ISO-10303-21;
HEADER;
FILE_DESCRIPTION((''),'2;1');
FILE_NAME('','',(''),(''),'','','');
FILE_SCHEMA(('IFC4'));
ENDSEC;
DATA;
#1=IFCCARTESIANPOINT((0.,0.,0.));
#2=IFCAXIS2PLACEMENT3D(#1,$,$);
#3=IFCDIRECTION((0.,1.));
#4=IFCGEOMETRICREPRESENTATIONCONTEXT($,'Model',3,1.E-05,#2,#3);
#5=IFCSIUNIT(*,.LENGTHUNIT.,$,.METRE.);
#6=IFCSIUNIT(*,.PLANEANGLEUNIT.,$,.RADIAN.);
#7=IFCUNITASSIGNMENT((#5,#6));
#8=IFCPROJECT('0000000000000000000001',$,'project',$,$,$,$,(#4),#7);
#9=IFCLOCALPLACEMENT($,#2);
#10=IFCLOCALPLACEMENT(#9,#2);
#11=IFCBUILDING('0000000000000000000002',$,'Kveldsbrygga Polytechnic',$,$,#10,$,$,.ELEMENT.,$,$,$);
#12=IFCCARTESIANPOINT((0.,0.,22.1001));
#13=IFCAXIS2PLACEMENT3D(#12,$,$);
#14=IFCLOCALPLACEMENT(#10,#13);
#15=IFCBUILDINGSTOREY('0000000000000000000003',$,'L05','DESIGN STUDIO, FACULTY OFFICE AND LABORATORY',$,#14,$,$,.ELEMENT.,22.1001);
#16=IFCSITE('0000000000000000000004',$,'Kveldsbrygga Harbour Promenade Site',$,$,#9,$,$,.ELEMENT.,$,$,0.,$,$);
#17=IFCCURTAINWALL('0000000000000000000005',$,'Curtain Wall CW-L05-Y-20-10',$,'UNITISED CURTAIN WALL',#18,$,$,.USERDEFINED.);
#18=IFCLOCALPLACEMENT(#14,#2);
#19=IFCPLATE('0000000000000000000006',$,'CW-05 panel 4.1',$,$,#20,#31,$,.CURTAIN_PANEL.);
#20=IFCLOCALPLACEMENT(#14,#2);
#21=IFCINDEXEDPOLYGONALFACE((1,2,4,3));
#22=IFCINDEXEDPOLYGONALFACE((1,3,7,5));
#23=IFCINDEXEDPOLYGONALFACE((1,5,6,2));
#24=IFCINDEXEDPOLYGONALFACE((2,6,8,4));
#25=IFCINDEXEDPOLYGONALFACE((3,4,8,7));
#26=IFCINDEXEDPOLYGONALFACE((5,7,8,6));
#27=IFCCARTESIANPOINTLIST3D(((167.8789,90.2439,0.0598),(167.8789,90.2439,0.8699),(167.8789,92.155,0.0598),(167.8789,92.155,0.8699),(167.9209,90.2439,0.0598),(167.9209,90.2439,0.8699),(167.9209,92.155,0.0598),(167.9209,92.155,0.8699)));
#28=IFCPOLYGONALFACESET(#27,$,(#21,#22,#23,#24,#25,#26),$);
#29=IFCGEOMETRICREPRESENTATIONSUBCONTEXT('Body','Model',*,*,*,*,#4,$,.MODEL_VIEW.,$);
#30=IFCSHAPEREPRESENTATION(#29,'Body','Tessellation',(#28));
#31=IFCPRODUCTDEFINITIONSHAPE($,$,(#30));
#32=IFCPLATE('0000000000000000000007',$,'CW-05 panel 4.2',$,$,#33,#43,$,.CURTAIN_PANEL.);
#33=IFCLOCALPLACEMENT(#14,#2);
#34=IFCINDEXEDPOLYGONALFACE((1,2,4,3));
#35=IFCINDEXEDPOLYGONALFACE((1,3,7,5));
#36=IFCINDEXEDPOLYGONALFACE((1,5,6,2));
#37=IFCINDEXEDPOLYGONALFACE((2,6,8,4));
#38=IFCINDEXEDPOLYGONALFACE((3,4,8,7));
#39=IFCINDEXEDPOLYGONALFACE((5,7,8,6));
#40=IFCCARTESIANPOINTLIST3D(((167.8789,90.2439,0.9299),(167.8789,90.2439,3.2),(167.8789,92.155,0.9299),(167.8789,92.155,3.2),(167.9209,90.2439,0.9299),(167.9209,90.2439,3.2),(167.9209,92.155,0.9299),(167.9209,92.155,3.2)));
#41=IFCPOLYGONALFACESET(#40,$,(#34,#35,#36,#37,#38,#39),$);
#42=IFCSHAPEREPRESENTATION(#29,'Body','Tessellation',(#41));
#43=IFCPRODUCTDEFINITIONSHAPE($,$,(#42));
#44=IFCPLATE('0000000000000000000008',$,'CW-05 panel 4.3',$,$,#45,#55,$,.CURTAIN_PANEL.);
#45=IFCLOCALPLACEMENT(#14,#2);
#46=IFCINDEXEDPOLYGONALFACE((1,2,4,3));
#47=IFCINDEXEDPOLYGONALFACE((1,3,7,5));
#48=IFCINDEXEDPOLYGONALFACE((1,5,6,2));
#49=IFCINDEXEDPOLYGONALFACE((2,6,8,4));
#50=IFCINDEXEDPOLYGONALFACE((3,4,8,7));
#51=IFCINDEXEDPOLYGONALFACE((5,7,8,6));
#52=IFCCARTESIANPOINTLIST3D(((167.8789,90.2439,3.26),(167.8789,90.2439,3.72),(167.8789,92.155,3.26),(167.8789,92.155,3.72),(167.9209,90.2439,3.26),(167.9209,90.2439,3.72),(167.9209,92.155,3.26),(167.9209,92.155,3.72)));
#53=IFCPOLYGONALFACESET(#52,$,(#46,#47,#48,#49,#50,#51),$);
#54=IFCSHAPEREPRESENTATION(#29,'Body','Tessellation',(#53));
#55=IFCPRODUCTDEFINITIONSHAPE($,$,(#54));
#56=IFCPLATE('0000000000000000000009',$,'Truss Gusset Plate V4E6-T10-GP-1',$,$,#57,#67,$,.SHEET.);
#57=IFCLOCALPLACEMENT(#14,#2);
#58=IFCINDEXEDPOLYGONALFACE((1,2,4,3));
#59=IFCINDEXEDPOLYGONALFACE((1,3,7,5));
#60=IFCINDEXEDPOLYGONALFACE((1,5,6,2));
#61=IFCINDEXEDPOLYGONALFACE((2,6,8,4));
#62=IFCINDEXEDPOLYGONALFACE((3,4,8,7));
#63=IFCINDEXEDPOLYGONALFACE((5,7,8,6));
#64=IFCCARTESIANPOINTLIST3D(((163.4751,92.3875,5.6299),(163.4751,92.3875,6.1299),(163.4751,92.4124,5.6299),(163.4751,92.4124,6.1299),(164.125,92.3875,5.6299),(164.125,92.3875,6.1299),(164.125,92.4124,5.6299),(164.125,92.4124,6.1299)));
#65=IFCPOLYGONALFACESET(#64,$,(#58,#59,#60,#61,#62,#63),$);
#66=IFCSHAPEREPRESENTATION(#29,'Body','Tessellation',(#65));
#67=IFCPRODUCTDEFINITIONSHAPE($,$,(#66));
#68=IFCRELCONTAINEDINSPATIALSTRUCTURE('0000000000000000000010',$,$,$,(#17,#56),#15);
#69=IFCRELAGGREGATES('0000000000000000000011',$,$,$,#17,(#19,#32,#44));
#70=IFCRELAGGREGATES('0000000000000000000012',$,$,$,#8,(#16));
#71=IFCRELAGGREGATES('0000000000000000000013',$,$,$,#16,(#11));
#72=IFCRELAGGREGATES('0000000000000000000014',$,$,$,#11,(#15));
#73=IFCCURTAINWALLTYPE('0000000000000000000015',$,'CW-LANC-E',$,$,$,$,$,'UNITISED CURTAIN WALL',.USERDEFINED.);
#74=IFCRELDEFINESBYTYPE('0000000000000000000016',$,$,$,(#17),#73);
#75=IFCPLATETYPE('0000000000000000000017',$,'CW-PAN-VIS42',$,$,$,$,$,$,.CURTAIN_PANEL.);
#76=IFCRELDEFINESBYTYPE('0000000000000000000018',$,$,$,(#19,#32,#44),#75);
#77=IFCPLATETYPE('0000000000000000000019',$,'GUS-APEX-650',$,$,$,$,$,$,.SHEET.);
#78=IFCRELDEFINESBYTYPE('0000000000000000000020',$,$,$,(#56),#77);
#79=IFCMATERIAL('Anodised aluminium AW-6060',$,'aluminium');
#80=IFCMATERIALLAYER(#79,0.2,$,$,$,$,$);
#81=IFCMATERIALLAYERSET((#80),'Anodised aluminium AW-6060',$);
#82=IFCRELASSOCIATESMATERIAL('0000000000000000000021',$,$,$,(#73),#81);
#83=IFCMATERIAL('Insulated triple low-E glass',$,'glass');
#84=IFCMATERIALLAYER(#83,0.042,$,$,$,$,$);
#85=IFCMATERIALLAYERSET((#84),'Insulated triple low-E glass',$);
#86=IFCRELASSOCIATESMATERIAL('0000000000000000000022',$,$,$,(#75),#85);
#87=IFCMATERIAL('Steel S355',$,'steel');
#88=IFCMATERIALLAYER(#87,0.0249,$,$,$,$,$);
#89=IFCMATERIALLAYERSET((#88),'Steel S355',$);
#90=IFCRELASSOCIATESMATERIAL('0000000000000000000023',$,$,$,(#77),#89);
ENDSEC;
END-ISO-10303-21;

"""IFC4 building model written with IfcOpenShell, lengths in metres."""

from ifc_helpers import new_model, si_unit, direction, frame, origin, origin_2d, place, context, subcontext, project, spatial, rectangle, extrude, material, layer, layer_set, type_object, element, aggregate, save


model = new_model("IFC4")

# Units and contexts
model_context = context("Model", 3, precision=1e-05, world=origin(), true_north=direction((0.0, 1.0)))
body_context = subcontext(model_context, "Body", "Model", "MODEL_VIEW")
ifc_project = project(units=[si_unit("LENGTHUNIT", "METRE"), si_unit("PLANEANGLEUNIT", "RADIAN")], contexts=[model_context])

# Site, building, storey
site_placement = place(None, origin())
site = spatial("IfcSite", under=ifc_project, at=site_placement, Name="Kveldsbrygga Harbour Promenade Site", CompositionType="ELEMENT", RefElevation=0.0)
building_placement = place(site_placement, origin())
building = spatial("IfcBuilding", under=site, at=building_placement, Name="Kveldsbrygga Polytechnic", CompositionType="ELEMENT")
storey_placement = place(building_placement, frame((0.0, 0.0, 22.1001)))
storey = spatial("IfcBuildingStorey", under=building, at=storey_placement, Name="L05", Description="DESIGN STUDIO, FACULTY OFFICE AND LABORATORY", CompositionType="ELEMENT", Elevation=22.1001)

# Curtain wall
ifc_material_1 = material(Name="Anodised aluminium AW-6060", Category="aluminium")
ifc_layer_1 = layer(ifc_material_1, 0.2)
ifc_layer_set_1 = layer_set([ifc_layer_1], Name="Anodised aluminium AW-6060")
curtain_wall_type = type_object("IfcCurtainWallType", Name="CW-LANC-E", ElementType="UNITISED CURTAIN WALL", PredefinedType="USERDEFINED", material=ifc_layer_set_1)
curtain_wall_placement = place(storey_placement, origin())
curtain_wall = element("IfcCurtainWall", 1, at=curtain_wall_placement, inside=storey, type_object=curtain_wall_type, Name="Curtain Wall CW-L05-Y-20-10", ObjectType="UNITISED CURTAIN WALL", PredefinedType="USERDEFINED")

# Shared definitions
ifc_material_2 = material(Name="Steel S355", Category="steel")

# Plates
ifc_material_3 = material(Name="Insulated triple low-E glass", Category="glass")
ifc_layer_2 = layer(ifc_material_3, 0.042)
ifc_layer_set_2 = layer_set([ifc_layer_2], Name="Insulated triple low-E glass")
plate_type_1 = type_object("IfcPlateType", Name="CW-PAN-VIS42", PredefinedType="CURTAIN_PANEL", material=ifc_layer_set_2)
plate_1_placement = place(storey_placement, frame((167.8999, 91.1995, 0.0598), z_axis=(0.0, 0.0, 1.0), x_axis=(0.0, 1.0, 0.0)))
plate_1 = element("IfcPlate", 2, at=plate_1_placement, type_object=plate_type_1, Name="CW-05 panel 4.1", PredefinedType="CURTAIN_PANEL", context=body_context, shape_type="SweptSolid", body=[
    extrude(rectangle(XDim=1.9111, YDim=0.042, at=origin_2d()), origin(), (0.0, 0.0, 1.0), 0.8101),
])
plate_2_placement = place(storey_placement, frame((167.8999, 91.1995, 0.9299), z_axis=(0.0, 0.0, 1.0), x_axis=(0.0, 1.0, 0.0)))
plate_2 = element("IfcPlate", 3, at=plate_2_placement, type_object=plate_type_1, Name="CW-05 panel 4.2", PredefinedType="CURTAIN_PANEL", context=body_context, shape_type="SweptSolid", body=[
    extrude(rectangle(XDim=1.9111, YDim=0.042, at=origin_2d()), origin(), (0.0, 0.0, 1.0), 2.27),
])
plate_3_placement = place(storey_placement, frame((167.8999, 91.1995, 3.26), z_axis=(0.0, 0.0, 1.0), x_axis=(0.0, 1.0, 0.0)))
plate_3 = element("IfcPlate", 4, at=plate_3_placement, type_object=plate_type_1, Name="CW-05 panel 4.3", PredefinedType="CURTAIN_PANEL", context=body_context, shape_type="SweptSolid", body=[
    extrude(rectangle(XDim=1.9111, YDim=0.042, at=origin_2d()), origin(), (0.0, 0.0, 1.0), 0.46),
])
aggregate(curtain_wall, [plate_1, plate_2, plate_3])
ifc_layer_3 = layer(ifc_material_2, 0.0249)
ifc_layer_set_3 = layer_set([ifc_layer_3], Name="Steel S355")
plate_type_2 = type_object("IfcPlateType", Name="GUS-APEX-650", PredefinedType="SHEET", material=ifc_layer_set_3)
plate_4_placement = place(storey_placement, frame((163.8, 92.3999, 5.6299), z_axis=(0.0, 0.0, 1.0), x_axis=(1.0, 0.0, 0.0)))
element("IfcPlate", 5, at=plate_4_placement, inside=storey, type_object=plate_type_2, Name="Truss Gusset Plate V4E6-T10-GP-1", PredefinedType="SHEET", context=body_context, shape_type="SweptSolid", body=[
    extrude(rectangle(XDim=0.6499, YDim=0.0249, at=origin_2d()), origin(), (0.0, 0.0, 1.0), 0.5),
])

save(model, "model.ifc")
